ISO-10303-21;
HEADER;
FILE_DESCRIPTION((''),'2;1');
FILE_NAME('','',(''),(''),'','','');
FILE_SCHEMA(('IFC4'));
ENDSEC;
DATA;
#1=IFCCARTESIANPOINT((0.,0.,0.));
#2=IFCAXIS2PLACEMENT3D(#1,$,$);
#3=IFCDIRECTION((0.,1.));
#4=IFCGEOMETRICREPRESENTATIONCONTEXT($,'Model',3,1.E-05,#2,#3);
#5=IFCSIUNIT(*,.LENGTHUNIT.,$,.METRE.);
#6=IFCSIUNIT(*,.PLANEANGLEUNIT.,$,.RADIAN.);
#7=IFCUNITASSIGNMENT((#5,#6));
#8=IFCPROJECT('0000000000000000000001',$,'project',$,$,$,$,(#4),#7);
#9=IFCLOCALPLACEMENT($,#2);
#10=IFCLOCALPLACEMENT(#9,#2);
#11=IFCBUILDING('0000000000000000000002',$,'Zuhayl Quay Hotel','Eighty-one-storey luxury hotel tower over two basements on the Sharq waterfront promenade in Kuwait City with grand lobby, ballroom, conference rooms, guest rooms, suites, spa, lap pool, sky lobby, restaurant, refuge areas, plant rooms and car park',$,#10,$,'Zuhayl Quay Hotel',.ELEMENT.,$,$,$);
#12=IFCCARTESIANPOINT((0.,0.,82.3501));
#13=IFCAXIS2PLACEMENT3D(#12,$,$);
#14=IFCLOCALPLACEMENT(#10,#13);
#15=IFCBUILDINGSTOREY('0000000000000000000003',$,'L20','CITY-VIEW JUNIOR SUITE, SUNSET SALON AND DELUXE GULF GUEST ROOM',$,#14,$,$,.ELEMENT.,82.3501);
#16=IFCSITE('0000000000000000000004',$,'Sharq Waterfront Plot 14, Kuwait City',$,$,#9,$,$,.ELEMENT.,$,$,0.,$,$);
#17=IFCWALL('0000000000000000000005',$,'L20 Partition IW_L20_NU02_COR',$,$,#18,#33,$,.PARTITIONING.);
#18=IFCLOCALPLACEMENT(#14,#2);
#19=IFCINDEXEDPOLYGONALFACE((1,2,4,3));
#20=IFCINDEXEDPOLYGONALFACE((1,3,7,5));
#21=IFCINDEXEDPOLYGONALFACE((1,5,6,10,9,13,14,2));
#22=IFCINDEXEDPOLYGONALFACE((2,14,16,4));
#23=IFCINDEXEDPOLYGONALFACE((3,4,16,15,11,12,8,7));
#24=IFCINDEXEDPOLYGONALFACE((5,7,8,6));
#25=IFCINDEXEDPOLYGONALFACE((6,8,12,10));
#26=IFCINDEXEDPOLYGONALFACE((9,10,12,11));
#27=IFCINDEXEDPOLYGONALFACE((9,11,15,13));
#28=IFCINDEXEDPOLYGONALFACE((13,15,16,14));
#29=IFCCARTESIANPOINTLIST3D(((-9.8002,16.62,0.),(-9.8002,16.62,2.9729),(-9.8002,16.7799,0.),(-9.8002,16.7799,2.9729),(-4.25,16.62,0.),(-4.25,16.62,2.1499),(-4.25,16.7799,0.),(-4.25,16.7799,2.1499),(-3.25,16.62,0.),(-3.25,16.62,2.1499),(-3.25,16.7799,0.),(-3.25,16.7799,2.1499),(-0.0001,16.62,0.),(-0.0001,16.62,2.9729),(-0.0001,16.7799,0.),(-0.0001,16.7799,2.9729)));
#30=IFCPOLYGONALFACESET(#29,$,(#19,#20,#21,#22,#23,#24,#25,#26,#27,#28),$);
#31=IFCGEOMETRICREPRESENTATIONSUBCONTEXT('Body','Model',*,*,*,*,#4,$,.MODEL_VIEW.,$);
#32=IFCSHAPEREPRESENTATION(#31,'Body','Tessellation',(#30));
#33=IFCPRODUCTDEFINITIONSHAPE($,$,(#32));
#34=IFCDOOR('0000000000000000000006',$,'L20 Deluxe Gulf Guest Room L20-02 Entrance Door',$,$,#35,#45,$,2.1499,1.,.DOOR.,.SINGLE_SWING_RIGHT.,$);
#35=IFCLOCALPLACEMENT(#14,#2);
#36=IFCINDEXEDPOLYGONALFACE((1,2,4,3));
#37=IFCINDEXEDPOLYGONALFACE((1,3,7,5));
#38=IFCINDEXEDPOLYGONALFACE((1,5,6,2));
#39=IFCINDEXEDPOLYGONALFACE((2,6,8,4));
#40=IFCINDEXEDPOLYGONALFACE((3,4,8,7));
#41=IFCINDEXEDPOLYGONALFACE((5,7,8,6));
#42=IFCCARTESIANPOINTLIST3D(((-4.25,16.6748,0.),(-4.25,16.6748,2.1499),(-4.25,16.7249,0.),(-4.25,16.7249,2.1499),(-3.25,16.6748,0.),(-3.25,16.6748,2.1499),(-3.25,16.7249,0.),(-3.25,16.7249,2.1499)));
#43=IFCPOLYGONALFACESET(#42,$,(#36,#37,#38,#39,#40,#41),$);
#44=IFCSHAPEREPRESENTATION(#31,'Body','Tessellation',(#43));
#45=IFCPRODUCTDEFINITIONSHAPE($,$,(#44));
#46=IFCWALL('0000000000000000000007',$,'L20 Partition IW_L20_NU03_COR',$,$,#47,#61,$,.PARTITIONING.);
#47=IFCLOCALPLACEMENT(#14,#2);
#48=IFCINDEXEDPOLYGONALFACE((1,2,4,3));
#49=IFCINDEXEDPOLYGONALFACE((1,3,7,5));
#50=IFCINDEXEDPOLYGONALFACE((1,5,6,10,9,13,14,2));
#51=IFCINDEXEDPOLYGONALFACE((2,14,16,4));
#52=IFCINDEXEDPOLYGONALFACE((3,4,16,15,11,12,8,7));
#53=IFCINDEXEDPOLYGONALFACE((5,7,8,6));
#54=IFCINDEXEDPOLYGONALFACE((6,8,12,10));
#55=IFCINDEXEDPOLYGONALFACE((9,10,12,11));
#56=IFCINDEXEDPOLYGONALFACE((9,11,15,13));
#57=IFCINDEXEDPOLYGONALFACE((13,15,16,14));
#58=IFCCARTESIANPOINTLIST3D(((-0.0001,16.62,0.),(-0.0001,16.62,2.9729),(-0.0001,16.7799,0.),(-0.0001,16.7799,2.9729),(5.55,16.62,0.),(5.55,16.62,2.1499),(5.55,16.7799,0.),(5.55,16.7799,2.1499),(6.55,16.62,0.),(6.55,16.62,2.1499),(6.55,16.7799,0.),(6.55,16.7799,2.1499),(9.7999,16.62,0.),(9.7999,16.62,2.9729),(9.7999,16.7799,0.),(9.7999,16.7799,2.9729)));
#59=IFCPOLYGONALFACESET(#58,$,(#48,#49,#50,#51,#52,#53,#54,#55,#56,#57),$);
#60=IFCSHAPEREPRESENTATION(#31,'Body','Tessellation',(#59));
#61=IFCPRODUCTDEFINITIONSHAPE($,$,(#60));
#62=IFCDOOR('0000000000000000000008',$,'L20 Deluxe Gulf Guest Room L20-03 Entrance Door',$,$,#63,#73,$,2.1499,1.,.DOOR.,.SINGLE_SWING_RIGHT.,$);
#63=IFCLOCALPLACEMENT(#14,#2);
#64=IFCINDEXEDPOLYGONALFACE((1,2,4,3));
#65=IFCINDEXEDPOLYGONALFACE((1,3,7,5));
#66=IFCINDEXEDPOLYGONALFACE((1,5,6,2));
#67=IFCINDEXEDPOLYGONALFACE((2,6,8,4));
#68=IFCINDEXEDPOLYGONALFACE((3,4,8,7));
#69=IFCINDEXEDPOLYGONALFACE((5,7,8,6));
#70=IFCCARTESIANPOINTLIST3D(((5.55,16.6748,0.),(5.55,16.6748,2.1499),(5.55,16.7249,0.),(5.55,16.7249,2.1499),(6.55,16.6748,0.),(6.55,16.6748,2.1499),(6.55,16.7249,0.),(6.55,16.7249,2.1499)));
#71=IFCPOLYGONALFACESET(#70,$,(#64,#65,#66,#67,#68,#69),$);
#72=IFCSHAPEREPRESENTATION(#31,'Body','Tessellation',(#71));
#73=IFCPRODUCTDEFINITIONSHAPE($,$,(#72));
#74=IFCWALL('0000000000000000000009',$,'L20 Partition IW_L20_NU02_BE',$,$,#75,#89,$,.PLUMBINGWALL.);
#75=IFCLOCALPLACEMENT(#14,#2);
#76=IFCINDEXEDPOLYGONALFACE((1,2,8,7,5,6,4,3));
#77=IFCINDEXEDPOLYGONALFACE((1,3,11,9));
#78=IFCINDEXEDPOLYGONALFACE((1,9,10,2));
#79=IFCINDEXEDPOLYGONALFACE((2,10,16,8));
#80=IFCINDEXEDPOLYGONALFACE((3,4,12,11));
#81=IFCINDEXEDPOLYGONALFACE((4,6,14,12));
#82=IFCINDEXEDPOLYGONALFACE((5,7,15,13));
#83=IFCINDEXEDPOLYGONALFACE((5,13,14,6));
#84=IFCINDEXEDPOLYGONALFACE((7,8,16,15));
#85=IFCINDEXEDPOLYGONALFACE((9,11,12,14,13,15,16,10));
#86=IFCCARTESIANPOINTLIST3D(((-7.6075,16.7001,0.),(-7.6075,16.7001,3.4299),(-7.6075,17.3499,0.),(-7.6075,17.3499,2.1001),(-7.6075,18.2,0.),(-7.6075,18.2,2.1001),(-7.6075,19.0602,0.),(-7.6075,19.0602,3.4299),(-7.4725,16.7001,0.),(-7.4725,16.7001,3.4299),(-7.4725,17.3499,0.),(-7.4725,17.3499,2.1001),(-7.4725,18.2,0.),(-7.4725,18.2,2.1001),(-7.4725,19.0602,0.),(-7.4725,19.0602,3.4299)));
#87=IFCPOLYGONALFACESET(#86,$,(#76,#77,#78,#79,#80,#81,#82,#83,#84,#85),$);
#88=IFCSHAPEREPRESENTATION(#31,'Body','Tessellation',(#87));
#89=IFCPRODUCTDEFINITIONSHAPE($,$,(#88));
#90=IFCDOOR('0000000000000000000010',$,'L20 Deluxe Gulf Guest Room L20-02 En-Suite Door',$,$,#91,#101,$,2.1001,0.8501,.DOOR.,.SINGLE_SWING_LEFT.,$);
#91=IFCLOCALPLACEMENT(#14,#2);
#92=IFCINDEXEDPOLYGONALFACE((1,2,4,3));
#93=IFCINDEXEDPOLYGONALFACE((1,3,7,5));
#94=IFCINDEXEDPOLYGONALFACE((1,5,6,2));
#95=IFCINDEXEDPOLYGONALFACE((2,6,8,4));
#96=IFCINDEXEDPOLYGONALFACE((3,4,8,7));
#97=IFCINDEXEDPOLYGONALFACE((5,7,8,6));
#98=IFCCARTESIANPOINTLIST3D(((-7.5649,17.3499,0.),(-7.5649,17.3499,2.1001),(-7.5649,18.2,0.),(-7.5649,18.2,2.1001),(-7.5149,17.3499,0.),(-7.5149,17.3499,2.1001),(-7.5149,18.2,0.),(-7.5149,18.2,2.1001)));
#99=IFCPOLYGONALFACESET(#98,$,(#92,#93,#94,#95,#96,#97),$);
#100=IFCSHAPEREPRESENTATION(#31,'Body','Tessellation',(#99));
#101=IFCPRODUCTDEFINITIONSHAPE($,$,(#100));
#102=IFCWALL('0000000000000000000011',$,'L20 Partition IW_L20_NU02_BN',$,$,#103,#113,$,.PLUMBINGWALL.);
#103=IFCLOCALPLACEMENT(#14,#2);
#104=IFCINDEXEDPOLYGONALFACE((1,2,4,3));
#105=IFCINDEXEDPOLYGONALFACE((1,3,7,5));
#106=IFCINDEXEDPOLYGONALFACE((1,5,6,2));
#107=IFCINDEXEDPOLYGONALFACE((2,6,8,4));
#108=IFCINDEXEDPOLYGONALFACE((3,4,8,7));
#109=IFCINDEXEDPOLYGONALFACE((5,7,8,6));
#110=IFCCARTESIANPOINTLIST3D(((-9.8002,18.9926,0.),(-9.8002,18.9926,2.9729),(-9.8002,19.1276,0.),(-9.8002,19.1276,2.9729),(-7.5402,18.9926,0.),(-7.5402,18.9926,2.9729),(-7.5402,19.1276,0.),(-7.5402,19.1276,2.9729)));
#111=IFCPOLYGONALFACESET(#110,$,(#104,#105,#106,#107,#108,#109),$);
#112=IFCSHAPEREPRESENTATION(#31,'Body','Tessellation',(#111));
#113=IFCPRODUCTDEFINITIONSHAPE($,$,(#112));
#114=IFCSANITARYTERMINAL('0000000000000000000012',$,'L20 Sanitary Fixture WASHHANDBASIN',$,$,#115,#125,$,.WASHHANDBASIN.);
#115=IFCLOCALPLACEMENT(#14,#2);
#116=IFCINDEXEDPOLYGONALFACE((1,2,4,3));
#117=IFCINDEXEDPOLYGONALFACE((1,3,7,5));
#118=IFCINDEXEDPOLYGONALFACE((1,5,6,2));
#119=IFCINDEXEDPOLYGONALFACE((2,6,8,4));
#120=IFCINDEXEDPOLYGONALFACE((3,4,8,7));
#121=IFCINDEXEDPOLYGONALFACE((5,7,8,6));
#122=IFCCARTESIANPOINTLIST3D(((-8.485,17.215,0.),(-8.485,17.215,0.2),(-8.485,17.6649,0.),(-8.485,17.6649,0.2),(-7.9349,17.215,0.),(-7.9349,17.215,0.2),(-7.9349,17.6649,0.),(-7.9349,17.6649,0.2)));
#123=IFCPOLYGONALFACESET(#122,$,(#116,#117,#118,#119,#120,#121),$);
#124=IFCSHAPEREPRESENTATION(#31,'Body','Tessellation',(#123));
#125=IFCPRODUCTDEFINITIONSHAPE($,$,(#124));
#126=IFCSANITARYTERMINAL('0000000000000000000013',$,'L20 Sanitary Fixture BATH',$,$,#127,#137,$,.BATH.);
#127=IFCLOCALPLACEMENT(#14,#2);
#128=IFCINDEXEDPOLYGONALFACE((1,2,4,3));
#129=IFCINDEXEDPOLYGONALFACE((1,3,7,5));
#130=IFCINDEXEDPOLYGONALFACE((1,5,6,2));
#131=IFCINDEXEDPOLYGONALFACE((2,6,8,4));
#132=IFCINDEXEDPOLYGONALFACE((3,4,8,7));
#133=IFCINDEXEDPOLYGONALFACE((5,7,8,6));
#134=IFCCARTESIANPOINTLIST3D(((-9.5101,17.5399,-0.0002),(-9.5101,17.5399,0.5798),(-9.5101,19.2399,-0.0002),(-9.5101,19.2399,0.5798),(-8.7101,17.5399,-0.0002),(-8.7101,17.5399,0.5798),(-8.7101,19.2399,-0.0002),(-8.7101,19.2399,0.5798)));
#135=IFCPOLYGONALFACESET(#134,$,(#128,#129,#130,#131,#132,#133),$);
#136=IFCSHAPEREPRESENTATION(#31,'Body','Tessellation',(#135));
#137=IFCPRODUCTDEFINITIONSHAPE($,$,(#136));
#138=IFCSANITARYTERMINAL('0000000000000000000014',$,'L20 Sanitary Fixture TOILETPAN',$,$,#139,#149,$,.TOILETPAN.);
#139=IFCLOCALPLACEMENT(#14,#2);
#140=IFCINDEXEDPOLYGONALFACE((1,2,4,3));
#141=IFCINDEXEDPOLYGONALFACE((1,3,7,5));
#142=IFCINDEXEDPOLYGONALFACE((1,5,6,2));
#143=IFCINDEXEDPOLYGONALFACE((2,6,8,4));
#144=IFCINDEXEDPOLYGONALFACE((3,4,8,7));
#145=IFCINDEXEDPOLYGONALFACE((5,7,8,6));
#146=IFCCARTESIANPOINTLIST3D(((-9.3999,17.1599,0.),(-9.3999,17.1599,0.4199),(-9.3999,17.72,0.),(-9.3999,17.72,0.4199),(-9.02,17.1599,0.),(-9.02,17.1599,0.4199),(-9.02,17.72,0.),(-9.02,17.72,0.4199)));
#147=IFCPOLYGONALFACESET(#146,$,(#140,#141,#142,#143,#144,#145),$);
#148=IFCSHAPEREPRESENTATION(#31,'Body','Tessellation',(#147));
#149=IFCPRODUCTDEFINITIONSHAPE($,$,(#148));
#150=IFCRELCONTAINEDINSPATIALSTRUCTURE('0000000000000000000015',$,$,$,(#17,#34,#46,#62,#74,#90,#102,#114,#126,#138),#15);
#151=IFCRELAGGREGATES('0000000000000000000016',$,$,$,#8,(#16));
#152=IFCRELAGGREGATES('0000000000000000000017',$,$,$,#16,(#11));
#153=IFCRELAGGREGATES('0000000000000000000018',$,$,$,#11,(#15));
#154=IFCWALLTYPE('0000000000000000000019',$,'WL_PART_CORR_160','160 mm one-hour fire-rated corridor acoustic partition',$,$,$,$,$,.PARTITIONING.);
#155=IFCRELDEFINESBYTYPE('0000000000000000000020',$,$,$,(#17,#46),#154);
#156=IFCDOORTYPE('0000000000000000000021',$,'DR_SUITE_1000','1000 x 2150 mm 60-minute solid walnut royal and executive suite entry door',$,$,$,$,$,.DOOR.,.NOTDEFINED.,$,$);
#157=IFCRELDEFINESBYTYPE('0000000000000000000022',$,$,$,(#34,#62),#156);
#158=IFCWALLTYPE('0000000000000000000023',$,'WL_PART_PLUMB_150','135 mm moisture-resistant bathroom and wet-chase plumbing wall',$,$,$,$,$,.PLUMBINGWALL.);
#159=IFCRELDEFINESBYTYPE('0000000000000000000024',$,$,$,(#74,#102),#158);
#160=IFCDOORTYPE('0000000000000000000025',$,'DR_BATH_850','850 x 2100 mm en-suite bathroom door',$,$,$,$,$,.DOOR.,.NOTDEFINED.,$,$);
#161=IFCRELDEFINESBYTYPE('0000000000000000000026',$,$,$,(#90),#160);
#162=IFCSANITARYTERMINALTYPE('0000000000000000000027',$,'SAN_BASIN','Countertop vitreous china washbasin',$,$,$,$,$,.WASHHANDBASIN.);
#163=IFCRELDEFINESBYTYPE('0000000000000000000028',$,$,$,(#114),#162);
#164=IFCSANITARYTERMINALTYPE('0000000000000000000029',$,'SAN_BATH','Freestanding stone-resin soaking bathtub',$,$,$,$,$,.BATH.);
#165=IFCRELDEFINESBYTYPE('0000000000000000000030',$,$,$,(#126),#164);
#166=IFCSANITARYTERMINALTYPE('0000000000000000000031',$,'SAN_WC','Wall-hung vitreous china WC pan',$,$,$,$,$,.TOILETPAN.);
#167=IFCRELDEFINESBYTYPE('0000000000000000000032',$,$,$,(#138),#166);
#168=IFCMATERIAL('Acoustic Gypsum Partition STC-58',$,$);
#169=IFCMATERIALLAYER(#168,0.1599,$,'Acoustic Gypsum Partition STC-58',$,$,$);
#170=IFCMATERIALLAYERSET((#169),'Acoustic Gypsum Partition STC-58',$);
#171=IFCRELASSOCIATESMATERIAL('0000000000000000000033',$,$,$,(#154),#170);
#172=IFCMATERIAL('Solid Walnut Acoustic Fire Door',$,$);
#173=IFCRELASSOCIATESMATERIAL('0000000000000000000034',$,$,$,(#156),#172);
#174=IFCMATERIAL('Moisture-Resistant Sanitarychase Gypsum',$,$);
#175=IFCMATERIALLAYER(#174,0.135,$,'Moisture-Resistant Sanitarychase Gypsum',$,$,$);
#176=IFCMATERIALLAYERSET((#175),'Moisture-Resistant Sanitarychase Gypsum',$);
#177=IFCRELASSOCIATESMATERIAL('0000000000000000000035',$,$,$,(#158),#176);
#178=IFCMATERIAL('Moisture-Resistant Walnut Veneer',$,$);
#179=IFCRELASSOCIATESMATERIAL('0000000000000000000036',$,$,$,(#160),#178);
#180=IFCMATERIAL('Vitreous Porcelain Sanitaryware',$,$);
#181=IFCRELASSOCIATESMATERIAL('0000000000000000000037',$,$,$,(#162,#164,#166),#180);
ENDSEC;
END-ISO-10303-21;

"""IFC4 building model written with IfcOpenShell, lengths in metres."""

from ifc_helpers import new_model, si_unit, direction, frame, frame_2d, origin, origin_2d, place, context, subcontext, project, spatial, rectangle, extrude, material, layer, layer_set, type_object, element, fill, save


model = new_model("IFC4")

# Units and contexts
model_context = context("Model", 3, precision=1e-05, world=origin(), true_north=direction((0.0, 1.0)))
body_context = subcontext(model_context, "Body", "Model", "MODEL_VIEW")
ifc_project = project(units=[si_unit("LENGTHUNIT", "METRE"), si_unit("PLANEANGLEUNIT", "RADIAN")], contexts=[model_context])

# Site, building, storey
site_placement = place(None, origin())
site = spatial("IfcSite", under=ifc_project, at=site_placement, Name="Sharq Waterfront Plot 14, Kuwait City", CompositionType="ELEMENT", RefElevation=0.0)
building_placement = place(site_placement, origin())
building = spatial("IfcBuilding", under=site, at=building_placement, Name="Zuhayl Quay Hotel", Description="Eighty-one-storey luxury hotel tower over two basements on the Sharq waterfront promenade in Kuwait City with grand lobby, ballroom, conference rooms, guest rooms, suites, spa, lap pool, sky lobby, restaurant, refuge areas, plant rooms and car park", LongName="Zuhayl Quay Hotel", CompositionType="ELEMENT")
storey_placement = place(building_placement, frame((0.0, 0.0, 82.3501)))
storey = spatial("IfcBuildingStorey", under=building, at=storey_placement, Name="L20", Description="CITY-VIEW JUNIOR SUITE, SUNSET SALON AND DELUXE GULF GUEST ROOM", CompositionType="ELEMENT", Elevation=82.3501)

# Shared definitions
ifc_material_1 = material(Name="Acoustic Gypsum Partition STC-58")

# Walls, openings, doors
ifc_layer_1 = layer(ifc_material_1, 0.1599, Name="Acoustic Gypsum Partition STC-58")
ifc_layer_set_1 = layer_set([ifc_layer_1], Name="Acoustic Gypsum Partition STC-58")
wall_type_1 = type_object("IfcWallType", Name="WL_PART_CORR_160", Description="160 mm one-hour fire-rated corridor acoustic partition", PredefinedType="PARTITIONING", material=ifc_layer_set_1)
wall_1_placement = place(storey_placement, frame((-9.8, 16.7, 0.0), z_axis=(0.0, 0.0, 1.0), x_axis=(1.0, 0.0, 0.0)))
wall_1 = element("IfcWall", 1, at=wall_1_placement, inside=storey, type_object=wall_type_1, Name="L20 Partition IW_L20_NU02_COR", PredefinedType="PARTITIONING", context=body_context, shape_type="SweptSolid", body=[
    extrude(rectangle(XDim=9.8, YDim=0.1599, at=frame_2d((4.8999, 0.0))), origin(), (0.0, 0.0, 1.0), 2.9729),
])
opening_1_placement = place(wall_1_placement, frame((5.55, 0.0, 0.0)))
opening_1 = element("IfcOpeningElement", 2, at=opening_1_placement, cuts=wall_1, PredefinedType="OPENING", context=body_context, shape_type="SweptSolid", body=[
    extrude(rectangle(XDim=1.0, YDim=2.1499, at=frame_2d((0.5, 1.075))), frame((0.0, 0.0898, 0.0), z_axis=(0.0, -1.0, 0.0), x_axis=(1.0, 0.0, 0.0)), (0.0, 0.0, 1.0), 0.1799),
])
ifc_material_2 = material(Name="Solid Walnut Acoustic Fire Door")
door_type_1 = type_object("IfcDoorType", Name="DR_SUITE_1000", Description="1000 x 2150 mm 60-minute solid walnut royal and executive suite entry door", OperationType="NOTDEFINED", PredefinedType="DOOR", material=ifc_material_2)
door_1_placement = place(opening_1_placement, origin())
door_1 = element("IfcDoor", 3, at=door_1_placement, inside=storey, type_object=door_type_1, Name="L20 Deluxe Gulf Guest Room L20-02 Entrance Door", OperationType="SINGLE_SWING_RIGHT", OverallHeight=2.1499, OverallWidth=1.0, PredefinedType="DOOR", context=body_context, shape_type="SweptSolid", body=[
    extrude(rectangle(XDim=1.0, YDim=2.1499, at=frame_2d((0.5, 1.075))), frame((0.0, 0.0249, 0.0), z_axis=(0.0, -1.0, 0.0), x_axis=(1.0, 0.0, 0.0)), (0.0, 0.0, 1.0), 0.05),
])
fill(opening_1, door_1)
wall_2_placement = place(storey_placement, frame((0.0, 16.7, 0.0), z_axis=(0.0, 0.0, 1.0), x_axis=(1.0, 0.0, 0.0)))
wall_2 = element("IfcWall", 4, at=wall_2_placement, inside=storey, type_object=wall_type_1, Name="L20 Partition IW_L20_NU03_COR", PredefinedType="PARTITIONING", context=body_context, shape_type="SweptSolid", body=[
    extrude(rectangle(XDim=9.8, YDim=0.1599, at=frame_2d((4.8999, 0.0))), origin(), (0.0, 0.0, 1.0), 2.9729),
])
opening_2_placement = place(wall_2_placement, frame((5.55, 0.0, 0.0)))
opening_2 = element("IfcOpeningElement", 5, at=opening_2_placement, cuts=wall_2, PredefinedType="OPENING", context=body_context, shape_type="SweptSolid", body=[
    extrude(rectangle(XDim=1.0, YDim=2.1499, at=frame_2d((0.5, 1.075))), frame((0.0, 0.0898, 0.0), z_axis=(0.0, -1.0, 0.0), x_axis=(1.0, 0.0, 0.0)), (0.0, 0.0, 1.0), 0.1799),
])
door_2_placement = place(opening_2_placement, origin())
door_2 = element("IfcDoor", 6, at=door_2_placement, inside=storey, type_object=door_type_1, Name="L20 Deluxe Gulf Guest Room L20-03 Entrance Door", OperationType="SINGLE_SWING_RIGHT", OverallHeight=2.1499, OverallWidth=1.0, PredefinedType="DOOR", context=body_context, shape_type="SweptSolid", body=[
    extrude(rectangle(XDim=1.0, YDim=2.1499, at=frame_2d((0.5, 1.075))), frame((0.0, 0.0249, 0.0), z_axis=(0.0, -1.0, 0.0), x_axis=(1.0, 0.0, 0.0)), (0.0, 0.0, 1.0), 0.05),
])
fill(opening_2, door_2)
ifc_material_3 = material(Name="Moisture-Resistant Sanitarychase Gypsum")
ifc_layer_2 = layer(ifc_material_3, 0.135, Name="Moisture-Resistant Sanitarychase Gypsum")
ifc_layer_set_2 = layer_set([ifc_layer_2], Name="Moisture-Resistant Sanitarychase Gypsum")
wall_type_2 = type_object("IfcWallType", Name="WL_PART_PLUMB_150", Description="135 mm moisture-resistant bathroom and wet-chase plumbing wall", PredefinedType="PLUMBINGWALL", material=ifc_layer_set_2)
wall_3_placement = place(storey_placement, frame((-7.54, 16.7, 0.0), z_axis=(0.0, 0.0, 1.0), x_axis=(0.0, 1.0, 0.0)))
wall_3 = element("IfcWall", 7, at=wall_3_placement, inside=storey, type_object=wall_type_2, Name="L20 Partition IW_L20_NU02_BE", PredefinedType="PLUMBINGWALL", context=body_context, shape_type="SweptSolid", body=[
    extrude(rectangle(XDim=2.3601, YDim=0.135, at=frame_2d((1.1802, 0.0))), origin(), (0.0, 0.0, 1.0), 3.4299),
])
opening_3_placement = place(wall_3_placement, frame((0.6499, 0.0, 0.0)))
opening_3 = element("IfcOpeningElement", 8, at=opening_3_placement, cuts=wall_3, PredefinedType="OPENING", context=body_context, shape_type="SweptSolid", body=[
    extrude(rectangle(XDim=0.8501, YDim=2.1001, at=frame_2d((0.425, 1.05))), frame((0.0, 0.0774, 0.0), z_axis=(0.0, -1.0, 0.0), x_axis=(1.0, 0.0, 0.0)), (0.0, 0.0, 1.0), 0.155),
])
ifc_material_4 = material(Name="Moisture-Resistant Walnut Veneer")
door_type_2 = type_object("IfcDoorType", Name="DR_BATH_850", Description="850 x 2100 mm en-suite bathroom door", OperationType="NOTDEFINED", PredefinedType="DOOR", material=ifc_material_4)
door_3_placement = place(opening_3_placement, origin())
door_3 = element("IfcDoor", 9, at=door_3_placement, inside=storey, type_object=door_type_2, Name="L20 Deluxe Gulf Guest Room L20-02 En-Suite Door", OperationType="SINGLE_SWING_LEFT", OverallHeight=2.1001, OverallWidth=0.8501, PredefinedType="DOOR", context=body_context, shape_type="SweptSolid", body=[
    extrude(rectangle(XDim=0.8501, YDim=2.1001, at=frame_2d((0.425, 1.05))), frame((0.0, 0.0249, 0.0), z_axis=(0.0, -1.0, 0.0), x_axis=(1.0, 0.0, 0.0)), (0.0, 0.0, 1.0), 0.05),
])
fill(opening_3, door_3)

# Wall
wall_4_placement = place(storey_placement, frame((-9.8, 19.0601, 0.0), z_axis=(0.0, 0.0, 1.0), x_axis=(1.0, 0.0, 0.0)))
element("IfcWall", 10, at=wall_4_placement, inside=storey, type_object=wall_type_2, Name="L20 Partition IW_L20_NU02_BN", PredefinedType="PLUMBINGWALL", context=body_context, shape_type="SweptSolid", body=[
    extrude(rectangle(XDim=2.26, YDim=0.135, at=frame_2d((1.1299, 0.0))), origin(), (0.0, 0.0, 1.0), 2.9729),
])

# Sanitary terminals
ifc_material_5 = material(Name="Vitreous Porcelain Sanitaryware")
sanitary_terminal_type_1 = type_object("IfcSanitaryTerminalType", Name="SAN_BASIN", Description="Countertop vitreous china washbasin", PredefinedType="WASHHANDBASIN", material=ifc_material_5)
sanitary_terminal_1_placement = place(storey_placement, frame((-8.21, 17.4399, 0.0), z_axis=(0.0, 0.0, 1.0), x_axis=(1.0, 0.0, 0.0)))
element("IfcSanitaryTerminal", 11, at=sanitary_terminal_1_placement, inside=storey, type_object=sanitary_terminal_type_1, Name="L20 Sanitary Fixture WASHHANDBASIN", PredefinedType="WASHHANDBASIN", context=body_context, shape_type="SweptSolid", body=[
    extrude(rectangle(XDim=0.55, YDim=0.45, at=origin_2d()), origin(), (0.0, 0.0, 1.0), 0.2),
])
sanitary_terminal_type_2 = type_object("IfcSanitaryTerminalType", Name="SAN_BATH", Description="Freestanding stone-resin soaking bathtub", PredefinedType="BATH", material=ifc_material_5)
sanitary_terminal_2_placement = place(storey_placement, frame((-9.1101, 18.3899, -0.0002), z_axis=(0.0, 0.0, 1.0), x_axis=(1.0, 0.0, 0.0)))
element("IfcSanitaryTerminal", 12, at=sanitary_terminal_2_placement, inside=storey, type_object=sanitary_terminal_type_2, Name="L20 Sanitary Fixture BATH", PredefinedType="BATH", context=body_context, shape_type="SweptSolid", body=[
    extrude(rectangle(XDim=0.8, YDim=1.7, at=origin_2d()), origin(), (0.0, 0.0, 1.0), 0.5801),
])
sanitary_terminal_type_3 = type_object("IfcSanitaryTerminalType", Name="SAN_WC", Description="Wall-hung vitreous china WC pan", PredefinedType="TOILETPAN", material=ifc_material_5)
sanitary_terminal_3_placement = place(storey_placement, frame((-9.21, 17.4399, 0.0), z_axis=(0.0, 0.0, 1.0), x_axis=(1.0, 0.0, 0.0)))
element("IfcSanitaryTerminal", 13, at=sanitary_terminal_3_placement, inside=storey, type_object=sanitary_terminal_type_3, Name="L20 Sanitary Fixture TOILETPAN", PredefinedType="TOILETPAN", context=body_context, shape_type="SweptSolid", body=[
    extrude(rectangle(XDim=0.3799, YDim=0.5601, at=origin_2d()), origin(), (0.0, 0.0, 1.0), 0.4199),
])

save(model, "model.ifc")
